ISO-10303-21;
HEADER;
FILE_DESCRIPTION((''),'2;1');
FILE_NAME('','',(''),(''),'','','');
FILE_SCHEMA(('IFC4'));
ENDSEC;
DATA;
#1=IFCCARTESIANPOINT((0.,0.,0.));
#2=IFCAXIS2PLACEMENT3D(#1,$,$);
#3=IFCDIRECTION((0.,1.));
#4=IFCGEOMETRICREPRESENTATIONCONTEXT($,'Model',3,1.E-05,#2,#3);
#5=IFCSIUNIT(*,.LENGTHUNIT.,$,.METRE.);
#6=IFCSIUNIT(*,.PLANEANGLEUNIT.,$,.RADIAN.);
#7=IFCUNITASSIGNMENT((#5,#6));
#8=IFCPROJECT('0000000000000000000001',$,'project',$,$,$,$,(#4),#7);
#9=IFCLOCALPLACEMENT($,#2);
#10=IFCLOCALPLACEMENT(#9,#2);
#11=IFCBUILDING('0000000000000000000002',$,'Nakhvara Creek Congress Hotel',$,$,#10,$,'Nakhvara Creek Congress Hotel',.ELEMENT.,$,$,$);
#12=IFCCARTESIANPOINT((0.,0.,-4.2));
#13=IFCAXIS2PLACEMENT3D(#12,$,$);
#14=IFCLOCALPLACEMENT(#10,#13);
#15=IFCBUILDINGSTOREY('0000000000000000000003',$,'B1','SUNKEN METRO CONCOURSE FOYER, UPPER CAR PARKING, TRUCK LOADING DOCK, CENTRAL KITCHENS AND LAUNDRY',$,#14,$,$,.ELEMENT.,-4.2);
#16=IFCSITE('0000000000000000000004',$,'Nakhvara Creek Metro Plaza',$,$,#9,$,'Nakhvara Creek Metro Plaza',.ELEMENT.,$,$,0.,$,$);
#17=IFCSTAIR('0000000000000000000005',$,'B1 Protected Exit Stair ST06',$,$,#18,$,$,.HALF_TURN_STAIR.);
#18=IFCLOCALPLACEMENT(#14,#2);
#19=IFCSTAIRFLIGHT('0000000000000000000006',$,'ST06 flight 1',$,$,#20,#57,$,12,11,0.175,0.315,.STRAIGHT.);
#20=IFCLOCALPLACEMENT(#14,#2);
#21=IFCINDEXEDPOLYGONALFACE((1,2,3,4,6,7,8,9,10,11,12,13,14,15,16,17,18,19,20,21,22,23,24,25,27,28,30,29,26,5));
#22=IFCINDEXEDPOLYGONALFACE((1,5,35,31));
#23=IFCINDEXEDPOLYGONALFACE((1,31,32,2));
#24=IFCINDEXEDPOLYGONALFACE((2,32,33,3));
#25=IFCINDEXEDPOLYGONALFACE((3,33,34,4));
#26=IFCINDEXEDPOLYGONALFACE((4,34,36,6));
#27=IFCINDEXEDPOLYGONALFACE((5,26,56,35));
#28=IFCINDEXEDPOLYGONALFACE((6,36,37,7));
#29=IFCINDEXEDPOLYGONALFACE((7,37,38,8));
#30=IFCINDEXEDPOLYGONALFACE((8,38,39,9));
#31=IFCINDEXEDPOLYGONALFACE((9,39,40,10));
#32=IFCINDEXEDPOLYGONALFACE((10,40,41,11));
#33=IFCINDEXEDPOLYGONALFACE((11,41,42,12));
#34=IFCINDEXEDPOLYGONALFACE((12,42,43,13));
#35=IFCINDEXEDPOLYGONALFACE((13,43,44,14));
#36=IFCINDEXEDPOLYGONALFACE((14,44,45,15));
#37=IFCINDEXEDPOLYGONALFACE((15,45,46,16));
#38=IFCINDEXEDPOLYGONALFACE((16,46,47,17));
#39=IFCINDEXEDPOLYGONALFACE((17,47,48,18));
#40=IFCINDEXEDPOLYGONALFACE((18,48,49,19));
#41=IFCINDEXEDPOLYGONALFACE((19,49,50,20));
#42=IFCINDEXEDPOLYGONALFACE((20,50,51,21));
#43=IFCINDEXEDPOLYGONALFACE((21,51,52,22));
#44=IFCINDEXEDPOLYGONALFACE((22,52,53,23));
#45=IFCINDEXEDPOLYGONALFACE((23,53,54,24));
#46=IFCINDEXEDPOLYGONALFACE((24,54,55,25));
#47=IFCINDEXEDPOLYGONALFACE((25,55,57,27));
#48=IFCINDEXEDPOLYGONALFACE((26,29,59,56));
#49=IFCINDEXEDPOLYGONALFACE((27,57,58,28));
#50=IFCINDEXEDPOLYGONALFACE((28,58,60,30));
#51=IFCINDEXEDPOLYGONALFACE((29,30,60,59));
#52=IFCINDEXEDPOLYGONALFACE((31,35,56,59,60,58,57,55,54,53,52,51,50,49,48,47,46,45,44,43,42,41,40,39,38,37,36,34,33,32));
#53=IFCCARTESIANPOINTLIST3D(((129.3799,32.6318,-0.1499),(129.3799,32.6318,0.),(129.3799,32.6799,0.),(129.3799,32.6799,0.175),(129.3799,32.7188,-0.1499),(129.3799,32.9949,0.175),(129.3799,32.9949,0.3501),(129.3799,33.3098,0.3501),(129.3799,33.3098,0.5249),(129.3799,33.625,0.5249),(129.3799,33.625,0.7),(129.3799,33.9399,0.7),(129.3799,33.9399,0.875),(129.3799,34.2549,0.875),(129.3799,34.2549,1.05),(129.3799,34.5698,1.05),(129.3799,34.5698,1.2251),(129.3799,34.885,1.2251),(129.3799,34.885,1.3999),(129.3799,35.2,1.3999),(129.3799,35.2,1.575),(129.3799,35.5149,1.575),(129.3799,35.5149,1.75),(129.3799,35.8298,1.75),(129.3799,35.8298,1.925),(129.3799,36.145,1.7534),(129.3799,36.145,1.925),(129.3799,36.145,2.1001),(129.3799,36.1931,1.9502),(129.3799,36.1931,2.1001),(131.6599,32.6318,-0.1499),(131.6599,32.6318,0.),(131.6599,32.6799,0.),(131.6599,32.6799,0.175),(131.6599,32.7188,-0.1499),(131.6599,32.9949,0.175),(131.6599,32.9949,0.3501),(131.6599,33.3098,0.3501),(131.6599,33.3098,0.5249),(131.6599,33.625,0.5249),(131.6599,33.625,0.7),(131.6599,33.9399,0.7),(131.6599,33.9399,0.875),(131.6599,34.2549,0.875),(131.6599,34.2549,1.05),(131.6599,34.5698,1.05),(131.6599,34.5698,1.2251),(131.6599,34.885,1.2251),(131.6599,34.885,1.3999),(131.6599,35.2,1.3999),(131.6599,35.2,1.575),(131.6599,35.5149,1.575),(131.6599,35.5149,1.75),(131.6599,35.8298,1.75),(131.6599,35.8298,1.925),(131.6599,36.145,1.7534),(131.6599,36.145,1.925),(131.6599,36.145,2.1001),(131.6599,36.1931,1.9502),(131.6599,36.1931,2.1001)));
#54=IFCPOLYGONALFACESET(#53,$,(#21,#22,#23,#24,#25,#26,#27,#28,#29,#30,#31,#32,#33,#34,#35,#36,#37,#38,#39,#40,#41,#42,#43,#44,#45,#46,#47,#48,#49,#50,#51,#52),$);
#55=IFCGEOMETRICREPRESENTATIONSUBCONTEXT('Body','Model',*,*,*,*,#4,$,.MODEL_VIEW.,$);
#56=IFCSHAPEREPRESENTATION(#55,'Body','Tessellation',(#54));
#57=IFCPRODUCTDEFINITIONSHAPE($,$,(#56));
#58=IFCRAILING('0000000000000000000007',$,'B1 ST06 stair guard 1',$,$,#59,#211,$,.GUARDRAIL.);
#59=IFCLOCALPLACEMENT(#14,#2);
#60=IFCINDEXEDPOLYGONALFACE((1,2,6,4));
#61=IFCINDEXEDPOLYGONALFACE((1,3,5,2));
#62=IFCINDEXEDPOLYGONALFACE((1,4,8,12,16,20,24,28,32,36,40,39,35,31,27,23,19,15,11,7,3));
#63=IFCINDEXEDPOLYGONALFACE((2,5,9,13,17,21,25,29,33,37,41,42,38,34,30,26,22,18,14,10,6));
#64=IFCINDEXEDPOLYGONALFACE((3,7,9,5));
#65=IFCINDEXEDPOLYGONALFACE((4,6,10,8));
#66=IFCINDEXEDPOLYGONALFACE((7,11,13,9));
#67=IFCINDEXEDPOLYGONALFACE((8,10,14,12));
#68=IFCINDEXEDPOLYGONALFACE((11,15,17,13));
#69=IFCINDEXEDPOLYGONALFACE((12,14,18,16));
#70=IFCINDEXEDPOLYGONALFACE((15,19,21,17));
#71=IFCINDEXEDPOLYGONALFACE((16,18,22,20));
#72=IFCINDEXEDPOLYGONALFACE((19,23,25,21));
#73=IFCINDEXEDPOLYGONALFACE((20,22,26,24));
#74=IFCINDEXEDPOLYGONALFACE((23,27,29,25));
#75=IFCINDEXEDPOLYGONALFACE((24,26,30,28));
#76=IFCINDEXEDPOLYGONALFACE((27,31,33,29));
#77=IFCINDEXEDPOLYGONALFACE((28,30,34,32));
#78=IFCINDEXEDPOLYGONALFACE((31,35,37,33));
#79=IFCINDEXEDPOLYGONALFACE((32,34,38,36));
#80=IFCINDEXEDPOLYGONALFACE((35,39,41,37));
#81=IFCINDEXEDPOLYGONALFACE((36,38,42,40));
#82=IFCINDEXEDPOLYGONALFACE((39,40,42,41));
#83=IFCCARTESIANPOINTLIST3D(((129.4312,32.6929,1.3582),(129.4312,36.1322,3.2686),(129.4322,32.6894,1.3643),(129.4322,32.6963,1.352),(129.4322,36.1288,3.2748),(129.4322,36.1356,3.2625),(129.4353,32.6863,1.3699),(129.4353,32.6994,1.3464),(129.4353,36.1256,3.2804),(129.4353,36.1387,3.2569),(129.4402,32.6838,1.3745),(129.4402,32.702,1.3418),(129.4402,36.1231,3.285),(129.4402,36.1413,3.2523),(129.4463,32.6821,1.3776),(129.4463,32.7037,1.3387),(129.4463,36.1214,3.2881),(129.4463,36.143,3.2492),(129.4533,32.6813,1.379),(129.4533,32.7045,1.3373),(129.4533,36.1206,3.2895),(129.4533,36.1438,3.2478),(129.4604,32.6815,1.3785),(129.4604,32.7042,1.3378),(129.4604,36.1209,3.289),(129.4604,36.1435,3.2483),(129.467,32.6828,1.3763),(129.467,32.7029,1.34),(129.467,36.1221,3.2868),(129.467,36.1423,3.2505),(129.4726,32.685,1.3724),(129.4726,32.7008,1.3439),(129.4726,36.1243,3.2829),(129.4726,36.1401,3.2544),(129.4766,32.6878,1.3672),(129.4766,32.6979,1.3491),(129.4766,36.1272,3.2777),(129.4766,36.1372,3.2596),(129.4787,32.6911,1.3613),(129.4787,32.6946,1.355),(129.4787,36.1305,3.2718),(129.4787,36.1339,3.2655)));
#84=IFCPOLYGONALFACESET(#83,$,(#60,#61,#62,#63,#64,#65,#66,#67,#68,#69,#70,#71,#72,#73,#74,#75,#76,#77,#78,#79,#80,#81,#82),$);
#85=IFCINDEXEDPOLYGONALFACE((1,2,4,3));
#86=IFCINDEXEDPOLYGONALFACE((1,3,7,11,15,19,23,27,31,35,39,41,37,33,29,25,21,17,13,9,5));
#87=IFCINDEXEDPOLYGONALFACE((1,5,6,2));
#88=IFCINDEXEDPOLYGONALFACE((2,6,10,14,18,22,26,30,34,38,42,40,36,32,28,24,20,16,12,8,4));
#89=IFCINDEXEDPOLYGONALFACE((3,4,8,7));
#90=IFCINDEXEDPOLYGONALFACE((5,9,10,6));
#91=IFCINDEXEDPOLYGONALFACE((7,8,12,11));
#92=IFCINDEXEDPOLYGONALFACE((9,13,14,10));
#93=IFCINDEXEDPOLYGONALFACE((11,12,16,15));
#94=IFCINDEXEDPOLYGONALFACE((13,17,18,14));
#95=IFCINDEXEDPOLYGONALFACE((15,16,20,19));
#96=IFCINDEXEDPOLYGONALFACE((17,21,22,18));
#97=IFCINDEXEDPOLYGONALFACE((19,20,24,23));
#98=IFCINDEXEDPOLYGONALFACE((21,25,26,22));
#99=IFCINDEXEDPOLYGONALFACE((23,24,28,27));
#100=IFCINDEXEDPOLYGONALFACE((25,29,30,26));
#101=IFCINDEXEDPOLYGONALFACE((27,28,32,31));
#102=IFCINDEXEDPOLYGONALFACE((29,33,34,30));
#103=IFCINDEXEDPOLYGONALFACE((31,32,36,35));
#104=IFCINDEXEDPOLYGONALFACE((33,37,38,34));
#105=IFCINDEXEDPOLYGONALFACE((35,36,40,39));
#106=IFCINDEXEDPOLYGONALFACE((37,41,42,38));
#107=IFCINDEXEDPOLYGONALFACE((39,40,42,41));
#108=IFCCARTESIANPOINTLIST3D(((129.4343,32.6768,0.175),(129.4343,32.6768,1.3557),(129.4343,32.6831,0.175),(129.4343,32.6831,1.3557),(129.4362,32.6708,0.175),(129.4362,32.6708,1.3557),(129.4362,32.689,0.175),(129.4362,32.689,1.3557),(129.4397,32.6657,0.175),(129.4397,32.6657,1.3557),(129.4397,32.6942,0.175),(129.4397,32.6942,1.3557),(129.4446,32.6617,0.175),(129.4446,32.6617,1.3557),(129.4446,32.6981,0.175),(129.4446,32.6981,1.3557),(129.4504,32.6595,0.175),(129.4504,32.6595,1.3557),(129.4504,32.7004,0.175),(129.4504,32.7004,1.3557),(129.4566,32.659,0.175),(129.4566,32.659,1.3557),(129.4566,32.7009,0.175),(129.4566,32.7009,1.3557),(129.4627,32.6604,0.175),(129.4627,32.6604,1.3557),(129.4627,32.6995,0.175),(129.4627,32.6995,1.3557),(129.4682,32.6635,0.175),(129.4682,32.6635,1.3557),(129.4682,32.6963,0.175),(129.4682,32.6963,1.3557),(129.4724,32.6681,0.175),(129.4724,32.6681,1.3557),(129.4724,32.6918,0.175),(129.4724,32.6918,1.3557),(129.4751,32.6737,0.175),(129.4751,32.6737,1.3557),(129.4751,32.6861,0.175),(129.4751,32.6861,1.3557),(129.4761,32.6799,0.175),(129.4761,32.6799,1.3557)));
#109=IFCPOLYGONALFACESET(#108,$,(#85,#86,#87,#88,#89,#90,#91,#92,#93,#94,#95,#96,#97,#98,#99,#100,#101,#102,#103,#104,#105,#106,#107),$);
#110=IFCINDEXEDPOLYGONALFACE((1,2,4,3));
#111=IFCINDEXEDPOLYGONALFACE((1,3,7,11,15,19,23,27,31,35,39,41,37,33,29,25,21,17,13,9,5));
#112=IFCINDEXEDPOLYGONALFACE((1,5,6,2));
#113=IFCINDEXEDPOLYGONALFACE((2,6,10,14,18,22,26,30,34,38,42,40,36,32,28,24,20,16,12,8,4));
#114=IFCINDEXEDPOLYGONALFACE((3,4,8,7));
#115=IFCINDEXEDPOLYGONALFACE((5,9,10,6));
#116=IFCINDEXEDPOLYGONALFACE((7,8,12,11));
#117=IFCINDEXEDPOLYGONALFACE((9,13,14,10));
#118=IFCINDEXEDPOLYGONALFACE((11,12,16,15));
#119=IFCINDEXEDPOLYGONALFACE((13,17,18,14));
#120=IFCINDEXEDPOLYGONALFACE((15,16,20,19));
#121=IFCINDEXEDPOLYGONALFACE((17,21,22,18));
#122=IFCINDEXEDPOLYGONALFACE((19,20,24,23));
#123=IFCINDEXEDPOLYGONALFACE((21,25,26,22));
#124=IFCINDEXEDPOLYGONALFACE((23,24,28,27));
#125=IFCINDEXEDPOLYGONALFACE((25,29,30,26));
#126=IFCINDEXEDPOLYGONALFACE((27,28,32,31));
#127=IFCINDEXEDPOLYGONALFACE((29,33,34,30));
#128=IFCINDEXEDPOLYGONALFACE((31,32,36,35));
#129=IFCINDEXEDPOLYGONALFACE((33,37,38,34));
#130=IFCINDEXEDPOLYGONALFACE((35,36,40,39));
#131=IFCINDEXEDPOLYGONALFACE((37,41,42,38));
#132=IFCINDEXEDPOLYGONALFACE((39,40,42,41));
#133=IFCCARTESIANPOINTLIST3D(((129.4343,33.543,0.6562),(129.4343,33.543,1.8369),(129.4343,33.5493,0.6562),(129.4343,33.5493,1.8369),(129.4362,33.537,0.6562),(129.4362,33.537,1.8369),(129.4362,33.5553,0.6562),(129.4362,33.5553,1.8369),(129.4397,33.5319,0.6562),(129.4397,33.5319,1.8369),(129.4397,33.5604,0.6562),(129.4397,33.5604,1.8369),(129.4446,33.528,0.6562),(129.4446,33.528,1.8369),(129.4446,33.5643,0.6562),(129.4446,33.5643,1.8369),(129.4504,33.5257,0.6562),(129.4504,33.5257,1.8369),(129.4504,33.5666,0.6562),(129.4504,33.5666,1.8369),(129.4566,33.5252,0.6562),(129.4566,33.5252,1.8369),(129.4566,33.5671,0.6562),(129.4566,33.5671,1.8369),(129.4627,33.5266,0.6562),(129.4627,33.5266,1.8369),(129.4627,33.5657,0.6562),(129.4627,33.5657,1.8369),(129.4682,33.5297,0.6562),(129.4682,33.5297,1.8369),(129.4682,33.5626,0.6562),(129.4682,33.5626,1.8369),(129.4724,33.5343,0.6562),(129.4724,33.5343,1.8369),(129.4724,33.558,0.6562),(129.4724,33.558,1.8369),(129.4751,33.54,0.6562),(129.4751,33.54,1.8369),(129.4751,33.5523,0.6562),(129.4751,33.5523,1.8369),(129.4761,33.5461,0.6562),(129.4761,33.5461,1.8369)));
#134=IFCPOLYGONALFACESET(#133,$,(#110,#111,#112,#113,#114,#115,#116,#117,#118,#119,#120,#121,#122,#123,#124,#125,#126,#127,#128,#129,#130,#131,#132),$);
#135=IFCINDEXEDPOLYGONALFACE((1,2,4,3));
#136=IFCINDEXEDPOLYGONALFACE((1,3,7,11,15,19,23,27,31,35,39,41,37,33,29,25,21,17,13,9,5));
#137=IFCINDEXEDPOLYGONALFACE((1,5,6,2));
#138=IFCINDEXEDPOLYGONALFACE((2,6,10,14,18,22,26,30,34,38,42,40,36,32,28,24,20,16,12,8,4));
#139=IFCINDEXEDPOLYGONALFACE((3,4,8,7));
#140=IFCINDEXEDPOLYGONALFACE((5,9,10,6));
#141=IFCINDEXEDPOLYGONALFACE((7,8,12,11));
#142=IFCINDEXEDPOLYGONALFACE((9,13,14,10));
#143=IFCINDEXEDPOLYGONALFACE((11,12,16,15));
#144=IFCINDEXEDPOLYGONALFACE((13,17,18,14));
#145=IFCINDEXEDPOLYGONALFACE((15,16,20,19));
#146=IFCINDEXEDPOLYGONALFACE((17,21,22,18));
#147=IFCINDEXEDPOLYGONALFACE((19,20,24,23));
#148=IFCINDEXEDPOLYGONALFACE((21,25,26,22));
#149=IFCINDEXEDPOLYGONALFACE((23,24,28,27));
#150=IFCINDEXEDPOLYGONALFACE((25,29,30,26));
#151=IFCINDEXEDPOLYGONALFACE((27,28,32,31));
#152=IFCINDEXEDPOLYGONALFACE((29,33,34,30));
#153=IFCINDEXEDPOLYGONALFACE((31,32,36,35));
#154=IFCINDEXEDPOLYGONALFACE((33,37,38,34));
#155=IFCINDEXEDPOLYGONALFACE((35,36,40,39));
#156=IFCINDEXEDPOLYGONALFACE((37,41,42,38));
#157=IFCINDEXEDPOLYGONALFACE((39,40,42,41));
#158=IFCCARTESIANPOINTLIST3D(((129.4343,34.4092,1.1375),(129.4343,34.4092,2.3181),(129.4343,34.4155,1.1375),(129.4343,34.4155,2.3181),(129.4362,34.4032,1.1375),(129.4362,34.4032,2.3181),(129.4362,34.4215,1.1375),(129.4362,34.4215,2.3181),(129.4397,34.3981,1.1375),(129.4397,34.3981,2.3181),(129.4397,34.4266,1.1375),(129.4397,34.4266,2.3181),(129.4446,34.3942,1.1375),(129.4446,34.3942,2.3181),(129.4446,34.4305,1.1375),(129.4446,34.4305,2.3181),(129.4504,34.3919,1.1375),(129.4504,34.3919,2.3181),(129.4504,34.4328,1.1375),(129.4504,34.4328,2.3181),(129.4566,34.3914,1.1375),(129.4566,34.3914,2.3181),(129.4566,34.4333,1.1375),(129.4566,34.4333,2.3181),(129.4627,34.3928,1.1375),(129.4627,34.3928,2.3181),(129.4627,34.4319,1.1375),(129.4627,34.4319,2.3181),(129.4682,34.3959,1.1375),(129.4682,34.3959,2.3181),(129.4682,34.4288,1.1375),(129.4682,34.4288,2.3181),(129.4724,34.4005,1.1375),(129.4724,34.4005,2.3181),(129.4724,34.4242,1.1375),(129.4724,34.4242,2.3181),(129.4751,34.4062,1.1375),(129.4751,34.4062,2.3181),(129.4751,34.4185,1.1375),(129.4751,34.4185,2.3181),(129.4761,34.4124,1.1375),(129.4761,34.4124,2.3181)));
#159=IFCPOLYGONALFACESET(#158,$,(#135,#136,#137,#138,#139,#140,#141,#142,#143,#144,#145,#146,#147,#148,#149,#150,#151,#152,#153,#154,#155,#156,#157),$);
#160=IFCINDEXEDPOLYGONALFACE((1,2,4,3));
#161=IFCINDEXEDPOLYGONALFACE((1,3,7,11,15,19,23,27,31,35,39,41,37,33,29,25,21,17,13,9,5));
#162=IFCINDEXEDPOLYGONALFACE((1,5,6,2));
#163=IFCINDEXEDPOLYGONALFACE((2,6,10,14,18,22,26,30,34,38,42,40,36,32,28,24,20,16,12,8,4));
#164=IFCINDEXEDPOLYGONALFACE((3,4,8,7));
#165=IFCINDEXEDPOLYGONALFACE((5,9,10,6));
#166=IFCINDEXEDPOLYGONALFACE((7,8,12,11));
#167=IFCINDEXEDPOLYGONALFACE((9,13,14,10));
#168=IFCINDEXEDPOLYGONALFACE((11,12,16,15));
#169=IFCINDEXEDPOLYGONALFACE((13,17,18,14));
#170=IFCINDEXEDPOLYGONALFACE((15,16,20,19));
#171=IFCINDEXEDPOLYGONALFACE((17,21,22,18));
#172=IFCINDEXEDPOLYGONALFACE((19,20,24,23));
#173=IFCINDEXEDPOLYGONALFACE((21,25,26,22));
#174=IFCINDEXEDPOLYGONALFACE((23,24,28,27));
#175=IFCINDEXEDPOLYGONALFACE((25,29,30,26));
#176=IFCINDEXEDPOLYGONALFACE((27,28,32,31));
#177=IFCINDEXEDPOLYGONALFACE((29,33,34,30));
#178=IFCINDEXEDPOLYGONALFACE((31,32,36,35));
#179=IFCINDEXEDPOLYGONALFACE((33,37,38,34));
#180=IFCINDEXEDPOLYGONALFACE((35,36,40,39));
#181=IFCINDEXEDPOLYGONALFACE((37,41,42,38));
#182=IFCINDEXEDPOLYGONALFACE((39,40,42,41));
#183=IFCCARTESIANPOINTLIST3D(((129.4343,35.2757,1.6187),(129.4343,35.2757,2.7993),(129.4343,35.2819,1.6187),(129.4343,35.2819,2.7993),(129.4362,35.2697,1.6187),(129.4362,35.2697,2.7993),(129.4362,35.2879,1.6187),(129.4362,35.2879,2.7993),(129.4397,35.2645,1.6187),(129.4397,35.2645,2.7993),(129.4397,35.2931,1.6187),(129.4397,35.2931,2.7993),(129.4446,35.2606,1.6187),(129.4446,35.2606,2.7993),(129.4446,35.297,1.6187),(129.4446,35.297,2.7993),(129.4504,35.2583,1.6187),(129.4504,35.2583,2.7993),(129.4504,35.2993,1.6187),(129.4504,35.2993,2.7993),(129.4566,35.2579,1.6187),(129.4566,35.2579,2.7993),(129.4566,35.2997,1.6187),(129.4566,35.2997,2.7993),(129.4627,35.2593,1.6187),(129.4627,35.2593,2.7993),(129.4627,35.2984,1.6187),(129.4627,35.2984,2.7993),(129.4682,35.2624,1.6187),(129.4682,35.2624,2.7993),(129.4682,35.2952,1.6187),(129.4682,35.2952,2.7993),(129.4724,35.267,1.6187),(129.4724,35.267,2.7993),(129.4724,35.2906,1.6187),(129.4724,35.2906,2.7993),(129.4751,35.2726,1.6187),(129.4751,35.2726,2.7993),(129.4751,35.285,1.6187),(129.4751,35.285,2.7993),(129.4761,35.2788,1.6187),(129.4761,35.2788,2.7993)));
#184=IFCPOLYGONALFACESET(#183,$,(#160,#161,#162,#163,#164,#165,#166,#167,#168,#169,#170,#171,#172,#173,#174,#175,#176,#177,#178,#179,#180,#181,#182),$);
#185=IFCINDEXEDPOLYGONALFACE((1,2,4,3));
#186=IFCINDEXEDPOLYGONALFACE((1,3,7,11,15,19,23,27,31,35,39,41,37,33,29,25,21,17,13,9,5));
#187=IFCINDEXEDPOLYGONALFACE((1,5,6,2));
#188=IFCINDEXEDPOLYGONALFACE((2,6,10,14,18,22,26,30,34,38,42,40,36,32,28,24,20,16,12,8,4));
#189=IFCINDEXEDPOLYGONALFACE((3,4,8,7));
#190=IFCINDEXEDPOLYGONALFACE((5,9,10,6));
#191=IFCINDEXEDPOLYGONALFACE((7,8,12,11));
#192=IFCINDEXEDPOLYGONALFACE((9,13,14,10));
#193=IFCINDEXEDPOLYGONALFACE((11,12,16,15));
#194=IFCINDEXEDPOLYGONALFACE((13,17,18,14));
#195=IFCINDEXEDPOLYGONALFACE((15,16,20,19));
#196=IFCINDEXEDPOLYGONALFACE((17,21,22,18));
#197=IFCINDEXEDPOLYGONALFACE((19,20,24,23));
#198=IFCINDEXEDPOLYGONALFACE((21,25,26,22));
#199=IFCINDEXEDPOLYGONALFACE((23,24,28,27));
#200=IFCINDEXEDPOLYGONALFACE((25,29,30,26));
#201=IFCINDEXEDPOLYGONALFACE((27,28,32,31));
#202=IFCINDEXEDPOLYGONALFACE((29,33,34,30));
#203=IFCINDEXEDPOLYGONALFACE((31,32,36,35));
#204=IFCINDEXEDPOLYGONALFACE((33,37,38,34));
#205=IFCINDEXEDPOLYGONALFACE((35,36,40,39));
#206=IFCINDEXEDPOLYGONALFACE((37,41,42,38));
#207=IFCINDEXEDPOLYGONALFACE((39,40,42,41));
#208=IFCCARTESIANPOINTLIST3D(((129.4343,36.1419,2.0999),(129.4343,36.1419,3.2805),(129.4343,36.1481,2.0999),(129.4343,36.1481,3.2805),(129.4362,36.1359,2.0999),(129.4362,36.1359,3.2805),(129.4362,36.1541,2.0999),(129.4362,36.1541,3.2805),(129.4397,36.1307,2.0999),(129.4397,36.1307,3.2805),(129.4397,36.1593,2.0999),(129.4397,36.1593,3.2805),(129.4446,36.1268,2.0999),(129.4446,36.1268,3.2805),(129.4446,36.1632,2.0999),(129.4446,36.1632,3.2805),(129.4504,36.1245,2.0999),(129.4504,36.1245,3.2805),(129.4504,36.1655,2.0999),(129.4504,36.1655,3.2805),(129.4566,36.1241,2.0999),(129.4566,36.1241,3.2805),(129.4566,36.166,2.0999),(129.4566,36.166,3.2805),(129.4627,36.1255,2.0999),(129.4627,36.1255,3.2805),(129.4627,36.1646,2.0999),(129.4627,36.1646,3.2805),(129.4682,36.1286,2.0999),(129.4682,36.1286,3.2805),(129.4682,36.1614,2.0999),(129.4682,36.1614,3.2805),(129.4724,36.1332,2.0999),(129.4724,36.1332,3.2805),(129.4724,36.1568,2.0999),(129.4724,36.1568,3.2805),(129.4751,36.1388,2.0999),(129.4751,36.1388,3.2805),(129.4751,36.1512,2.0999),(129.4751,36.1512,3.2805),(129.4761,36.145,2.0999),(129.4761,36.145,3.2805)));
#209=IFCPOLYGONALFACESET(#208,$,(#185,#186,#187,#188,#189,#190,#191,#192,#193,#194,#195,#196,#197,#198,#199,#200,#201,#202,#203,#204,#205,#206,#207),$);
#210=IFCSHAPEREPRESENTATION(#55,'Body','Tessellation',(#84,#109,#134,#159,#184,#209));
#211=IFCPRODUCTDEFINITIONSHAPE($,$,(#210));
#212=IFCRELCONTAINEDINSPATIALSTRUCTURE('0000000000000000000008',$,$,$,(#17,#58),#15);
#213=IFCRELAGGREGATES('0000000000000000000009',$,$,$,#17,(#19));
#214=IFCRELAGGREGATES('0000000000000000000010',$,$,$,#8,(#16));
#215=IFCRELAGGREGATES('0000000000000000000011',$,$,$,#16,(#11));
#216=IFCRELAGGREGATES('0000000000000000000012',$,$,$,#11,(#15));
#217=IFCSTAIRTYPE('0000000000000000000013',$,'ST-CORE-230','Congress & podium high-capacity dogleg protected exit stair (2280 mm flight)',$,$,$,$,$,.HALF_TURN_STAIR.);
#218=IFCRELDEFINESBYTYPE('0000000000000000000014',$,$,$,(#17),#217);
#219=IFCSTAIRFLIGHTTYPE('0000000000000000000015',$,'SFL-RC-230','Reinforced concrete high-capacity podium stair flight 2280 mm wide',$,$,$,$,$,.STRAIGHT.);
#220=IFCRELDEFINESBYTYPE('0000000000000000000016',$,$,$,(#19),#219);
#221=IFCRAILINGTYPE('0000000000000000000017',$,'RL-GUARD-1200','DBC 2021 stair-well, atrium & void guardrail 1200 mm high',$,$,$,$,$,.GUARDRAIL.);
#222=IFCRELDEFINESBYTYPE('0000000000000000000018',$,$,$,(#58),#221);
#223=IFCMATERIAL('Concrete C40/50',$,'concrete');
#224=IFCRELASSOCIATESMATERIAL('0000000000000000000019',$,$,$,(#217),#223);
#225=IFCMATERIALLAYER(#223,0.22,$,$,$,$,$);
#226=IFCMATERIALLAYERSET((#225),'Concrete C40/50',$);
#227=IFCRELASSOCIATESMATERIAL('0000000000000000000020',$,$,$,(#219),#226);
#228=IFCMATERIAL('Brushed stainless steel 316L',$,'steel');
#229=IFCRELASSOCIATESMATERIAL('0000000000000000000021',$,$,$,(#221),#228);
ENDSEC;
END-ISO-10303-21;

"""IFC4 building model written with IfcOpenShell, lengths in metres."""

from ifc_helpers import new_model, si_unit, direction, frame, origin, origin_2d, place, context, subcontext, project, spatial, polyline, circle, outline, extrude, material, layer, layer_set, type_object, element, aggregate, save


model = new_model("IFC4")

# Units and contexts
model_context = context("Model", 3, precision=1e-05, world=origin(), true_north=direction((0.0, 1.0)))
body_context = subcontext(model_context, "Body", "Model", "MODEL_VIEW")
ifc_project = project(units=[si_unit("LENGTHUNIT", "METRE"), si_unit("PLANEANGLEUNIT", "RADIAN")], contexts=[model_context])

# Site, building, storey
site_placement = place(None, origin())
site = spatial("IfcSite", under=ifc_project, at=site_placement, Name="Nakhvara Creek Metro Plaza", LongName="Nakhvara Creek Metro Plaza", CompositionType="ELEMENT", RefElevation=0.0)
building_placement = place(site_placement, origin())
building = spatial("IfcBuilding", under=site, at=building_placement, Name="Nakhvara Creek Congress Hotel", LongName="Nakhvara Creek Congress Hotel", CompositionType="ELEMENT")
storey_placement = place(building_placement, frame((0.0, 0.0, -4.2)))
storey = spatial("IfcBuildingStorey", under=building, at=storey_placement, Name="B1", Description="SUNKEN METRO CONCOURSE FOYER, UPPER CAR PARKING, TRUCK LOADING DOCK, CENTRAL KITCHENS AND LAUNDRY", CompositionType="ELEMENT", Elevation=-4.2)

# Shared definitions
ifc_material_1 = material(Name="Concrete C40/50", Category="concrete")

# Stair, stair flight
stair_type = type_object("IfcStairType", Name="ST-CORE-230", Description="Congress & podium high-capacity dogleg protected exit stair (2280 mm flight)", PredefinedType="HALF_TURN_STAIR", material=ifc_material_1)
stair_placement = place(storey_placement, origin())
stair = element("IfcStair", 1, at=stair_placement, inside=storey, type_object=stair_type, Name="B1 Protected Exit Stair ST06", PredefinedType="HALF_TURN_STAIR")
ifc_layer_1 = layer(ifc_material_1, 0.22)
ifc_layer_set_1 = layer_set([ifc_layer_1], Name="Concrete C40/50")
stair_flight_type = type_object("IfcStairFlightType", Name="SFL-RC-230", Description="Reinforced concrete high-capacity podium stair flight 2280 mm wide", PredefinedType="STRAIGHT", material=ifc_layer_set_1)
stair_flight_placement = place(storey_placement, frame((130.52, 32.6799, 0.0), z_axis=(0.0, 0.0, 1.0), x_axis=(0.0, 1.0, 0.0)))
stair_flight = element("IfcStairFlight", 2, at=stair_flight_placement, type_object=stair_flight_type, Name="ST06 flight 1", NumberOfRisers=12, NumberOfTreads=11, PredefinedType="STRAIGHT", RiserHeight=0.175, TreadLength=0.315, context=body_context, shape_type="SweptSolid", body=[
    extrude(outline(polyline([(-0.0481, 0.0), (0.0, 0.0), (0.0, 0.175), (0.3149, 0.175), (0.3149, 0.3501), (0.6299, 0.3501), (0.6299, 0.5249), (0.9451, 0.5249), (0.9451, 0.7), (1.26, 0.7), (1.26, 0.875), (1.575, 0.875), (1.575, 1.05), (1.8899, 1.05), (1.8899, 1.2251), (2.2051, 1.2251), (2.2051, 1.3999), (2.52, 1.3999), (2.52, 1.575), (2.835, 1.575), (2.835, 1.75), (3.1499, 1.75), (3.1499, 1.925), (3.4651, 1.925), (3.4651, 2.1001), (3.5132, 2.1001), (3.5132, 1.9502), (3.4651, 1.7534), (0.0388, -0.1499), (-0.0481, -0.1499), (-0.0481, 0.0)])), frame((0.0, 1.1401, 0.0), z_axis=(0.0, -1.0, 0.0), x_axis=(1.0, 0.0, 0.0)), (0.0, 0.0, 1.0), 2.28),
])
aggregate(stair, [stair_flight])

# Railing
ifc_material_2 = material(Name="Brushed stainless steel 316L", Category="steel")
railing_type_1 = type_object("IfcRailingType", Name="RL-GUARD-1200", Description="DBC 2021 stair-well, atrium & void guardrail 1200 mm high", PredefinedType="GUARDRAIL", material=ifc_material_2)
railing_1_placement = place(storey_placement, frame((129.4551, 32.6799, 0.175)))
element("IfcRailing", 3, at=railing_1_placement, inside=storey, type_object=railing_type_1, Name="B1 ST06 stair guard 1", PredefinedType="GUARDRAIL", context=body_context, shape_type="SweptSolid", body=[
    extrude(circle(Radius=0.0239, at=origin_2d()), frame((0.0, 0.0129, 1.1831), z_axis=(0.0, 0.874183, 0.485596), x_axis=(-1.0, 0.0, 0.0)), (0.0, 0.0, 1.0), 3.9343),
    extrude(circle(Radius=0.021, at=origin_2d()), origin(), (0.0, 0.0, 1.0), 1.1807),
    extrude(circle(Radius=0.021, at=origin_2d()), frame((0.0, 0.8662, 0.4812)), (0.0, 0.0, 1.0), 1.1807),
    extrude(circle(Radius=0.021, at=origin_2d()), frame((0.0, 1.7324, 0.9624)), (0.0, 0.0, 1.0), 1.1807),
    extrude(circle(Radius=0.021, at=origin_2d()), frame((0.0, 2.5989, 1.4436)), (0.0, 0.0, 1.0), 1.1807),
    extrude(circle(Radius=0.021, at=origin_2d()), frame((0.0, 3.4651, 1.9248)), (0.0, 0.0, 1.0), 1.1807),
])

save(model, "model.ifc")
